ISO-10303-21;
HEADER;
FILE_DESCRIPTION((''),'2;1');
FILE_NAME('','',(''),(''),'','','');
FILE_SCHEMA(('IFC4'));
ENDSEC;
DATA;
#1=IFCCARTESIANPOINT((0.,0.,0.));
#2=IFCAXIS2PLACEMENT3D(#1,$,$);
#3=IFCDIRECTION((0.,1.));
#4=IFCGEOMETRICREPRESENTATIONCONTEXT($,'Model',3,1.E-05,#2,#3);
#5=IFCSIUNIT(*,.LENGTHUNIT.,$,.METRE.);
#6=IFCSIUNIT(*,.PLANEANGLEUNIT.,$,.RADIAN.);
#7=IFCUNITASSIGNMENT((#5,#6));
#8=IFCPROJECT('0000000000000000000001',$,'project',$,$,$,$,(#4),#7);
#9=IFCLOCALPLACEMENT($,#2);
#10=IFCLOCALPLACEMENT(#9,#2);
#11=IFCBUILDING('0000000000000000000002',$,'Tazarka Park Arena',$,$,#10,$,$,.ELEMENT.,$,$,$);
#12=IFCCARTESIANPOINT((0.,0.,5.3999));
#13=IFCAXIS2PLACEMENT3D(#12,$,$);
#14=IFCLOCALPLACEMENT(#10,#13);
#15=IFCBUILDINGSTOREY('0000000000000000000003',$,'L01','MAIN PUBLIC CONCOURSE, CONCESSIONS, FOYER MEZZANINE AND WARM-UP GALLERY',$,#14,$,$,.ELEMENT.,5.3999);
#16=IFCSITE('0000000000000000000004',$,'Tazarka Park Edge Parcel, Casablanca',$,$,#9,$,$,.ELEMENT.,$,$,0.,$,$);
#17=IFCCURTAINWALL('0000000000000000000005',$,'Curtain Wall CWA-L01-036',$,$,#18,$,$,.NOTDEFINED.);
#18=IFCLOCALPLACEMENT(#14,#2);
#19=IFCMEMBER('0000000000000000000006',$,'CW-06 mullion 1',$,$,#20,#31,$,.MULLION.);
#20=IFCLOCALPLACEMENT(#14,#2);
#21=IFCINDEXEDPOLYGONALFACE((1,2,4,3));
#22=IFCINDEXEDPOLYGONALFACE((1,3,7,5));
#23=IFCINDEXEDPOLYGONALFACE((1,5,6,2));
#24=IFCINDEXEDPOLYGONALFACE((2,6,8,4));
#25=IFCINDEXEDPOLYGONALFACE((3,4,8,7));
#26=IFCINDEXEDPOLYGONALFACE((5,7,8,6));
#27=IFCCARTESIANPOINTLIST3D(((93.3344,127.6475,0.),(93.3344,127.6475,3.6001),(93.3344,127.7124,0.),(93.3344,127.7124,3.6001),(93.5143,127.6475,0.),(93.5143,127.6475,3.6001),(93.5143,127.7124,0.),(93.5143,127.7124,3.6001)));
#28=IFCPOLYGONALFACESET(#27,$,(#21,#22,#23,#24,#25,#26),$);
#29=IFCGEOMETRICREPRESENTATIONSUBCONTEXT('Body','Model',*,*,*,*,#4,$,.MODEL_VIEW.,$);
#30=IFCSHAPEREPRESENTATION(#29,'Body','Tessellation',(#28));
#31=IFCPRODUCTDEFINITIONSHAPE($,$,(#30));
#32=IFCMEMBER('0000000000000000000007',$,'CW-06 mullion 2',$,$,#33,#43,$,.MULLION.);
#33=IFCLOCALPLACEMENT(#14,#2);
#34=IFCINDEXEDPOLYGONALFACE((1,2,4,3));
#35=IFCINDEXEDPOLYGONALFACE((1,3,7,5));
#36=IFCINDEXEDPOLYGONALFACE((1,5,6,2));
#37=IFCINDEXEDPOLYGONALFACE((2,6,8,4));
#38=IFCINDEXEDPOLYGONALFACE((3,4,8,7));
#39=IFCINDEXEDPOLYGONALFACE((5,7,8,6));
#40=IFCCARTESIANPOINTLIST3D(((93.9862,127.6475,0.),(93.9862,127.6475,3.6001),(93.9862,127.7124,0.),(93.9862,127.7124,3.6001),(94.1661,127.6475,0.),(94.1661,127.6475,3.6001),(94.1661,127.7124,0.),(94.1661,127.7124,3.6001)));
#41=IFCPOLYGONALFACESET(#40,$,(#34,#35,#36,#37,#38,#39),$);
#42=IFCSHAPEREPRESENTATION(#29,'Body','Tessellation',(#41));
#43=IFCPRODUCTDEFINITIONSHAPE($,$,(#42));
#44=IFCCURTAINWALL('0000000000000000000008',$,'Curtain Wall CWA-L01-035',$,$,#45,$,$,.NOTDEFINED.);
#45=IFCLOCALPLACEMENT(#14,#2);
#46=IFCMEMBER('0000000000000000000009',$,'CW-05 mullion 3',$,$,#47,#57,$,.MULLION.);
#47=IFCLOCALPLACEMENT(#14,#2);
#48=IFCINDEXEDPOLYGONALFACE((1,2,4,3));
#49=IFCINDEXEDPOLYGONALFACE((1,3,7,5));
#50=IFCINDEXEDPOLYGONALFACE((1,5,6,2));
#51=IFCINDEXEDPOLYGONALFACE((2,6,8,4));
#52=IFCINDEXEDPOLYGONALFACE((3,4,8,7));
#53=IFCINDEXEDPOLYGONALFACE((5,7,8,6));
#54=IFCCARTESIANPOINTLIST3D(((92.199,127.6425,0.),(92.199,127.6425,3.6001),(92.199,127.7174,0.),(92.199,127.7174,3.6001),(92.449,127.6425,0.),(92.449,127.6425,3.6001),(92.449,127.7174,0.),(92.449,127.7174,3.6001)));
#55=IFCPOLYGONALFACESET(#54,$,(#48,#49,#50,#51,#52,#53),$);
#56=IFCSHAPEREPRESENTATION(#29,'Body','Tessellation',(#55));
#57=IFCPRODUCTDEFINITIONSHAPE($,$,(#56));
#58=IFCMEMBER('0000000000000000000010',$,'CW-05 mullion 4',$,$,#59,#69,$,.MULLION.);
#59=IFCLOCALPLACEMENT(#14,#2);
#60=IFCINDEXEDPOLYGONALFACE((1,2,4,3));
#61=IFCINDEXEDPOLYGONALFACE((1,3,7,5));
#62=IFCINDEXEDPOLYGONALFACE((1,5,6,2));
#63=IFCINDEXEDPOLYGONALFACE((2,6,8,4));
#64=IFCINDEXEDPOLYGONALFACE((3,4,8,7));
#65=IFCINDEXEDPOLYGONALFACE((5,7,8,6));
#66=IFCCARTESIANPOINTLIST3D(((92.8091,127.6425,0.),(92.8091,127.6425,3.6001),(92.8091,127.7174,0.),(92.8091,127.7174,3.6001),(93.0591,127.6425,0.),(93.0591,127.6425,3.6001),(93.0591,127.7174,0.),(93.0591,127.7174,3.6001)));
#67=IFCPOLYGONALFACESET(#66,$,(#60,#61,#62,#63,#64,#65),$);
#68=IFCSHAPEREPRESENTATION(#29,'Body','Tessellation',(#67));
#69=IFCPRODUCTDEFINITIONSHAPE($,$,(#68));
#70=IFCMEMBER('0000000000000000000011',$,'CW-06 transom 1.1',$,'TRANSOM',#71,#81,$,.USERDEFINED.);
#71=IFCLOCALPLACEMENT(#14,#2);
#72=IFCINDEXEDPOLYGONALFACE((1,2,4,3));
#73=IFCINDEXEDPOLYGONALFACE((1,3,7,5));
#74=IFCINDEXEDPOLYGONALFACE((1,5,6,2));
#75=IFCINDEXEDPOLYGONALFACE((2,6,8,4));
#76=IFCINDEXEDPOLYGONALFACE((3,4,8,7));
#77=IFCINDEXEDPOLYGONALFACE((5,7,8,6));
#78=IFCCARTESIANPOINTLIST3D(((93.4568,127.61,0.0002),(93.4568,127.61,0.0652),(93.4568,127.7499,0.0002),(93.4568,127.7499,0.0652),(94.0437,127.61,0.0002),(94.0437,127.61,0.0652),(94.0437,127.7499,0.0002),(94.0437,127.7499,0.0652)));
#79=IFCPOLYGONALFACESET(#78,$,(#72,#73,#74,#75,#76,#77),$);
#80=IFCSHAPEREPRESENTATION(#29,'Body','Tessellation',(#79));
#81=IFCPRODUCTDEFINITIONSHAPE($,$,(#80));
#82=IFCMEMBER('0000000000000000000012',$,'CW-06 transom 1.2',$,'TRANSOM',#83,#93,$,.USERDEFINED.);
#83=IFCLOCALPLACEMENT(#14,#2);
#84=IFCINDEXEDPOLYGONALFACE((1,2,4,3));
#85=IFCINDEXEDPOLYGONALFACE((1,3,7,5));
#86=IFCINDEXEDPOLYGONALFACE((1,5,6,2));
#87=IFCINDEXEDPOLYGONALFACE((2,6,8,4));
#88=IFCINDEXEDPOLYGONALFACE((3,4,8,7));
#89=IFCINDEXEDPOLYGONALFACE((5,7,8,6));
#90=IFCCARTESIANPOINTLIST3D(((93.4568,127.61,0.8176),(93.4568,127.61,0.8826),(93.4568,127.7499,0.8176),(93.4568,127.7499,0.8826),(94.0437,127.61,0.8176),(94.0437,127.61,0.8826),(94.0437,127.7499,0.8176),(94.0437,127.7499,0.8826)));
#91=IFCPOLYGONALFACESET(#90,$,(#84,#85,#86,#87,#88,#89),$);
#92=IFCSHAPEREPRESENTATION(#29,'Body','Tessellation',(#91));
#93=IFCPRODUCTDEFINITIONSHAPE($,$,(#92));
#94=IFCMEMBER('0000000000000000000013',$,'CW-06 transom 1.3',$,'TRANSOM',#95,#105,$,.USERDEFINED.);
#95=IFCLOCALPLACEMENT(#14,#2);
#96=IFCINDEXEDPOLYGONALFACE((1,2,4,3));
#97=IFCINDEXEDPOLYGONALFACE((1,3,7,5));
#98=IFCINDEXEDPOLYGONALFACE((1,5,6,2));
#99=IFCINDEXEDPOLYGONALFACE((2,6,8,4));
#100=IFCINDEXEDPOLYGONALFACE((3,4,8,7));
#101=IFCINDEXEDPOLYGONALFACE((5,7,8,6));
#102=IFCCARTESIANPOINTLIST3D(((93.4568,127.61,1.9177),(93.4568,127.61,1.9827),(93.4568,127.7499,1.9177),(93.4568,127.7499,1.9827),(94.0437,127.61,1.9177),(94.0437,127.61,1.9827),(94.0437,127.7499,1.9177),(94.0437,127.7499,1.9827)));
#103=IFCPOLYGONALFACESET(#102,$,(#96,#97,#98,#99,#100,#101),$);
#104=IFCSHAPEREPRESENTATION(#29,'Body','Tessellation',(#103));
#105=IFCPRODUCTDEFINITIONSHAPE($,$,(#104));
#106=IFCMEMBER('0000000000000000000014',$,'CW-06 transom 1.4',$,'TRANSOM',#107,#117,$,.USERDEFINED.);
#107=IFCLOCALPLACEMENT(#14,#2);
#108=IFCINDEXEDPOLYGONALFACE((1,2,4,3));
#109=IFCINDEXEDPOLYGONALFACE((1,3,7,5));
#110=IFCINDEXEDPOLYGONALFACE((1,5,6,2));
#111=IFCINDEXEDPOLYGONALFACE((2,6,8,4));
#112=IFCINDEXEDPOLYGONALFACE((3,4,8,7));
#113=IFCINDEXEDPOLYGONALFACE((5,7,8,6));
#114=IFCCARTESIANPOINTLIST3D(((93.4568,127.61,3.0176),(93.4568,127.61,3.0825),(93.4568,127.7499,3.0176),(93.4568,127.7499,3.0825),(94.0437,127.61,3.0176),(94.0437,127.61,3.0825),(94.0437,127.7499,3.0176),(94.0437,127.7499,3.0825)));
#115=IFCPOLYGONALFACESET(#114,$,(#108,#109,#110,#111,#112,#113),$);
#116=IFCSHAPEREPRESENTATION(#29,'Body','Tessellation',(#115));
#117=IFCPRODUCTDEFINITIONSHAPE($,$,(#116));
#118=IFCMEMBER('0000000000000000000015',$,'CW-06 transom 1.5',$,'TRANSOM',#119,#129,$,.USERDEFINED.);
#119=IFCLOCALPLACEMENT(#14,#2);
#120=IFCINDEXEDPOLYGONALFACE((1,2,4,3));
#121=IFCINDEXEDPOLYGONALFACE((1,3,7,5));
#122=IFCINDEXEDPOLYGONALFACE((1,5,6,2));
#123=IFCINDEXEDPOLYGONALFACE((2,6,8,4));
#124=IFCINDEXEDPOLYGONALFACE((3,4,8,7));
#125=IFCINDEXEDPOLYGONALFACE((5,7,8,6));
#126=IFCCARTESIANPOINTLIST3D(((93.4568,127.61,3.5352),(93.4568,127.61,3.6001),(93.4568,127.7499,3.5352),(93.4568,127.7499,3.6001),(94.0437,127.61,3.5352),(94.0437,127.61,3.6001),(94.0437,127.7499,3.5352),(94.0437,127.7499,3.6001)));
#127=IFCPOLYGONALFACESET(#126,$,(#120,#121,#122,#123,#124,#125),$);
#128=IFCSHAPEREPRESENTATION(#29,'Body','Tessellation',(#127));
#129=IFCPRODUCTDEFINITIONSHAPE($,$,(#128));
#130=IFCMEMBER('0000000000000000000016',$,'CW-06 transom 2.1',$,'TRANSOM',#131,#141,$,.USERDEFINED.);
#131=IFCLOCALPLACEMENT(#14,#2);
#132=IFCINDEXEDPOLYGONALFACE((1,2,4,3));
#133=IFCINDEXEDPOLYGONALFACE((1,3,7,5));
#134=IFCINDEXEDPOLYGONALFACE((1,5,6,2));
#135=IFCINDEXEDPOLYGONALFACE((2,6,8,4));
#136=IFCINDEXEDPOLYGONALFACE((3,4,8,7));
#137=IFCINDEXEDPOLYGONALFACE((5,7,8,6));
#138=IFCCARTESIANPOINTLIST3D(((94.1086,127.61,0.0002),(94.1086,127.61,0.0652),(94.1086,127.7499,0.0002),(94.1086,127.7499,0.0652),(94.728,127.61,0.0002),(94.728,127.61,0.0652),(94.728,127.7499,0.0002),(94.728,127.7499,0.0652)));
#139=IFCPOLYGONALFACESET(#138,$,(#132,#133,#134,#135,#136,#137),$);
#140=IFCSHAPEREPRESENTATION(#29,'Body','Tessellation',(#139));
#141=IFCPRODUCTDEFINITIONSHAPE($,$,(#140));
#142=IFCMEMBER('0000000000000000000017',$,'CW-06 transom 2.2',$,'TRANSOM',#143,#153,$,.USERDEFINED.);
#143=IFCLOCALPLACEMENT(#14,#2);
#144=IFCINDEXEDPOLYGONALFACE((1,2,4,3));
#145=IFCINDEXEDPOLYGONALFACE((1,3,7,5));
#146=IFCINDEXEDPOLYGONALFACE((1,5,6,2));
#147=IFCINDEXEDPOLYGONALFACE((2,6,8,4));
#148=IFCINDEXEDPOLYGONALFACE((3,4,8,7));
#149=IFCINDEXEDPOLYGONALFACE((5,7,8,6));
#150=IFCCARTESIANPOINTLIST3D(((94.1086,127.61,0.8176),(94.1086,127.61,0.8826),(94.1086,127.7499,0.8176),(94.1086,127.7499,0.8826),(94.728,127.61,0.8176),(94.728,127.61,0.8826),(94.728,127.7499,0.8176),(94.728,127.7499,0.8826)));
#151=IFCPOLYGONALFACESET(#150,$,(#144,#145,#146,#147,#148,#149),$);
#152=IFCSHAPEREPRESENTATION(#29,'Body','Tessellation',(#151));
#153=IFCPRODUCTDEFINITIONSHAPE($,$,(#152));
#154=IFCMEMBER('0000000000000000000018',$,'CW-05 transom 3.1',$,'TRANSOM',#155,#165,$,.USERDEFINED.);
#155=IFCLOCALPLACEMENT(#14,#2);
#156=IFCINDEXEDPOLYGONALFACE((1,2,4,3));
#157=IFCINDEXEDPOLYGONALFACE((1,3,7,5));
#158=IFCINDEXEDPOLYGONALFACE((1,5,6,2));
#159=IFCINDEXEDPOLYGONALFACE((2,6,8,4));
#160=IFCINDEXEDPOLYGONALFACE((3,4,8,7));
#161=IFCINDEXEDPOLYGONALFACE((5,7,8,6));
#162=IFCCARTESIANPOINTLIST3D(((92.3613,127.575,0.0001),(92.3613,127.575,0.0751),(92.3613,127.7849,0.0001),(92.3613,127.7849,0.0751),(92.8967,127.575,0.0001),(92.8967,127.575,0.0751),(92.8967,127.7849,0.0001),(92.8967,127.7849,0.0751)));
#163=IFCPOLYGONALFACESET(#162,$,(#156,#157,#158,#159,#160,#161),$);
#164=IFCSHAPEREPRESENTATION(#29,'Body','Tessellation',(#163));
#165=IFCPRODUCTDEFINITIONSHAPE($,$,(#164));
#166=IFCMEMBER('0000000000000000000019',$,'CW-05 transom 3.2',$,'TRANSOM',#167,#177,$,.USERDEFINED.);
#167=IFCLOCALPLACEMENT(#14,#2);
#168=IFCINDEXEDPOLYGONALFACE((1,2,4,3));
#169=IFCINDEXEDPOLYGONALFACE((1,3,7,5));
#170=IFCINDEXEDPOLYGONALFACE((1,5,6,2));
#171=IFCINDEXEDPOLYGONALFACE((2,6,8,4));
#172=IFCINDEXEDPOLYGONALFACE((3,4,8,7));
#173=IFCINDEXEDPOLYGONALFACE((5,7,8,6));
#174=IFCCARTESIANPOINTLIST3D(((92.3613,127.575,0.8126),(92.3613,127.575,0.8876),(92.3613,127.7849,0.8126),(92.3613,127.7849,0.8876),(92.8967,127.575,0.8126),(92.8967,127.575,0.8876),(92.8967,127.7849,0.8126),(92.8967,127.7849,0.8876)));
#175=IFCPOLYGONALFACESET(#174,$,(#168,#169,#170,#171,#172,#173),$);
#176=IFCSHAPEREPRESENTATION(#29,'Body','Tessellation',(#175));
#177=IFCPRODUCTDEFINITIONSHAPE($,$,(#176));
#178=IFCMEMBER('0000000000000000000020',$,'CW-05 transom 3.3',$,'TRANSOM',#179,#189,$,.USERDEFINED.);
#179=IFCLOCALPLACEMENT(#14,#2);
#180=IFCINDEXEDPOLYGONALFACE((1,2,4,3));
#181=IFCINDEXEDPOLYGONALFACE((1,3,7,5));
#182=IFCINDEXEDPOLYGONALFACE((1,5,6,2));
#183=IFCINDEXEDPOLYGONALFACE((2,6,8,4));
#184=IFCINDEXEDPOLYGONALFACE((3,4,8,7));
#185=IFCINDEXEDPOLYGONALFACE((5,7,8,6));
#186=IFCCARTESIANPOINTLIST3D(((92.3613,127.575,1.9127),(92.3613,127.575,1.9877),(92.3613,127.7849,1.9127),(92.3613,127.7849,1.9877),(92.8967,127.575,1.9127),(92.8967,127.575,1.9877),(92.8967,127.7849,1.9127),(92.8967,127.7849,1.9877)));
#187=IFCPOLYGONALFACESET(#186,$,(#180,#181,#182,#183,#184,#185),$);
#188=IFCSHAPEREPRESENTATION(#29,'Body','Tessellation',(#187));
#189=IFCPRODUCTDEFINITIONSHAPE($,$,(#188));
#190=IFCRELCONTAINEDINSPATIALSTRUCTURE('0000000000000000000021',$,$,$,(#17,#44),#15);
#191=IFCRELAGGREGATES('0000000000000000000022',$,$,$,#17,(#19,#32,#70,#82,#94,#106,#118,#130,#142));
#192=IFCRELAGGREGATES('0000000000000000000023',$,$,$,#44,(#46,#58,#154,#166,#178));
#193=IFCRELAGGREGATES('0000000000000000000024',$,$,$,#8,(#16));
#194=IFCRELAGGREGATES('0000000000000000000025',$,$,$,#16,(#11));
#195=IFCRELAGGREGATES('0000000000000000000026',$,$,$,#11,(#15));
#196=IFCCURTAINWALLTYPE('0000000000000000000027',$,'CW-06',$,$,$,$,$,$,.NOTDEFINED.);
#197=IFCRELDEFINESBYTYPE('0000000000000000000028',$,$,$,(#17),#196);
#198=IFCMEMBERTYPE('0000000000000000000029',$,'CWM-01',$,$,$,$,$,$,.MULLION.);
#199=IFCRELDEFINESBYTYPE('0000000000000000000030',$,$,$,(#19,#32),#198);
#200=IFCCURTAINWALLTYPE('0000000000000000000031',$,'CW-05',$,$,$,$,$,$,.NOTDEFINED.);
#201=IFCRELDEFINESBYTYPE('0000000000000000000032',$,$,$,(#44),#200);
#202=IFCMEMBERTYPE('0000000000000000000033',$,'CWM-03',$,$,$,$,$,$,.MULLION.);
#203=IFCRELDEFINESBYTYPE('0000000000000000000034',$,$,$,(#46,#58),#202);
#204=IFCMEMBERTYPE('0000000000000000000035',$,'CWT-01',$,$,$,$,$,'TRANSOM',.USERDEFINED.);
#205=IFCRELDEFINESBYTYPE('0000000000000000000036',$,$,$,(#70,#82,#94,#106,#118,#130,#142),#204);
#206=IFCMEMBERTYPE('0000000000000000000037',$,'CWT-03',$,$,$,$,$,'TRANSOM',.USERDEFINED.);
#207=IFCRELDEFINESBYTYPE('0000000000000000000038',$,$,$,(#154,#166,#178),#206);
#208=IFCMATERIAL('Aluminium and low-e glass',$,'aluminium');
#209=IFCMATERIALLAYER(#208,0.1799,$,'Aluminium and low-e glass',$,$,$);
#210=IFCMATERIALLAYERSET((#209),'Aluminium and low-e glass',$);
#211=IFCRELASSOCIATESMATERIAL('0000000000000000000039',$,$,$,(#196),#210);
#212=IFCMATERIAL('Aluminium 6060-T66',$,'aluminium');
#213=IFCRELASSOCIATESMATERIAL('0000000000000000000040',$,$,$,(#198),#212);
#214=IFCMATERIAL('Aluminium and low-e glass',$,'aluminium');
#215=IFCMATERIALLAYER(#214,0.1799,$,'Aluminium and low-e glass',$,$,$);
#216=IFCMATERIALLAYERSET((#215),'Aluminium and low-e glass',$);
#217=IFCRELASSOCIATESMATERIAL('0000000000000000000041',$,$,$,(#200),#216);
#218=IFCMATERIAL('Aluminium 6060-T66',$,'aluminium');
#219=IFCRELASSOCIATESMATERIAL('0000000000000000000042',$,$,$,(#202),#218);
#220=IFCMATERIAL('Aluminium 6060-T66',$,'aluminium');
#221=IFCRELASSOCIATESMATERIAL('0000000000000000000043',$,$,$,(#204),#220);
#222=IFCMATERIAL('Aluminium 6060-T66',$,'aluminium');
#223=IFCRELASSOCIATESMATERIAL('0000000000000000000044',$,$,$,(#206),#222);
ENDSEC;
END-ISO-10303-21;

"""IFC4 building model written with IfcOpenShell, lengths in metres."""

from ifc_helpers import new_model, si_unit, direction, frame, origin, origin_2d, place, context, subcontext, project, spatial, rectangle, extrude, material, layer, layer_set, material_profile, profile_set, type_object, element, aggregate, save


model = new_model("IFC4")

# Units and contexts
model_context = context("Model", 3, precision=1e-05, world=origin(), true_north=direction((0.0, 1.0)))
body_context = subcontext(model_context, "Body", "Model", "MODEL_VIEW")
ifc_project = project(units=[si_unit("LENGTHUNIT", "METRE"), si_unit("PLANEANGLEUNIT", "RADIAN")], contexts=[model_context])

# Site, building, storey
site_placement = place(None, origin())
site = spatial("IfcSite", under=ifc_project, at=site_placement, Name="Tazarka Park Edge Parcel, Casablanca", CompositionType="ELEMENT", RefElevation=0.0)
building_placement = place(site_placement, origin())
building = spatial("IfcBuilding", under=site, at=building_placement, Name="Tazarka Park Arena", CompositionType="ELEMENT")
storey_placement = place(building_placement, frame((0.0, 0.0, 5.3999)))
storey = spatial("IfcBuildingStorey", under=building, at=storey_placement, Name="L01", Description="MAIN PUBLIC CONCOURSE, CONCESSIONS, FOYER MEZZANINE AND WARM-UP GALLERY", CompositionType="ELEMENT", Elevation=5.3999)

# Curtain walls, members
ifc_material_1 = material(Name="Aluminium and low-e glass", Category="aluminium")
ifc_layer_1 = layer(ifc_material_1, 0.1799, Name="Aluminium and low-e glass")
ifc_layer_set_1 = layer_set([ifc_layer_1], Name="Aluminium and low-e glass")
curtain_wall_type_1 = type_object("IfcCurtainWallType", Name="CW-06", PredefinedType="NOTDEFINED", material=ifc_layer_set_1)
curtain_wall_1_placement = place(storey_placement, origin())
curtain_wall_1 = element("IfcCurtainWall", 1, at=curtain_wall_1_placement, inside=storey, type_object=curtain_wall_type_1, Name="Curtain Wall CWA-L01-036", PredefinedType="NOTDEFINED")
ifc_material_2 = material(Name="Aluminium 6060-T66", Category="aluminium")
ifc_material_profile_1 = material_profile(ifc_material_2, rectangle(XDim=0.0649, YDim=0.1799, at=origin_2d()), Name="Aluminium 6060-T66")
ifc_profile_set_1 = profile_set([ifc_material_profile_1], Name="Aluminium 6060-T66")
member_type_1 = type_object("IfcMemberType", Name="CWM-01", PredefinedType="MULLION", material=ifc_profile_set_1)
member_1_placement = place(storey_placement, frame((93.4243, 127.6799, 0.0), z_axis=(0.0, 0.0, 1.0), x_axis=(0.0, 1.0, 0.0)))
member_1 = element("IfcMember", 2, at=member_1_placement, type_object=member_type_1, Name="CW-06 mullion 1", PredefinedType="MULLION", context=body_context, shape_type="SweptSolid", body=[
    extrude(rectangle(XDim=0.0649, YDim=0.1799, at=origin_2d()), origin(), (0.0, 0.0, 1.0), 3.6001),
])
member_2_placement = place(storey_placement, frame((94.0762, 127.6799, 0.0), z_axis=(0.0, 0.0, 1.0), x_axis=(0.0, 1.0, 0.0)))
member_2 = element("IfcMember", 3, at=member_2_placement, type_object=member_type_1, Name="CW-06 mullion 2", PredefinedType="MULLION", context=body_context, shape_type="SweptSolid", body=[
    extrude(rectangle(XDim=0.0649, YDim=0.1799, at=origin_2d()), origin(), (0.0, 0.0, 1.0), 3.6001),
])
ifc_material_3 = material(Name="Aluminium and low-e glass", Category="aluminium")
ifc_layer_2 = layer(ifc_material_3, 0.1799, Name="Aluminium and low-e glass")
ifc_layer_set_2 = layer_set([ifc_layer_2], Name="Aluminium and low-e glass")
curtain_wall_type_2 = type_object("IfcCurtainWallType", Name="CW-05", PredefinedType="NOTDEFINED", material=ifc_layer_set_2)
curtain_wall_2_placement = place(storey_placement, origin())
curtain_wall_2 = element("IfcCurtainWall", 4, at=curtain_wall_2_placement, inside=storey, type_object=curtain_wall_type_2, Name="Curtain Wall CWA-L01-035", PredefinedType="NOTDEFINED")
ifc_material_4 = material(Name="Aluminium 6060-T66", Category="aluminium")
ifc_material_profile_2 = material_profile(ifc_material_4, rectangle(XDim=0.075, YDim=0.25, at=origin_2d()), Name="Aluminium 6060-T66")
ifc_profile_set_2 = profile_set([ifc_material_profile_2], Name="Aluminium 6060-T66")
member_type_2 = type_object("IfcMemberType", Name="CWM-03", PredefinedType="MULLION", material=ifc_profile_set_2)
member_3_placement = place(storey_placement, frame((92.324, 127.6799, 0.0), z_axis=(0.0, 0.0, 1.0), x_axis=(0.0, 1.0, 0.0)))
member_3 = element("IfcMember", 5, at=member_3_placement, type_object=member_type_2, Name="CW-05 mullion 3", PredefinedType="MULLION", context=body_context, shape_type="SweptSolid", body=[
    extrude(rectangle(XDim=0.075, YDim=0.25, at=origin_2d()), origin(), (0.0, 0.0, 1.0), 3.6001),
])
member_4_placement = place(storey_placement, frame((92.9341, 127.6799, 0.0), z_axis=(0.0, 0.0, 1.0), x_axis=(0.0, 1.0, 0.0)))
member_4 = element("IfcMember", 6, at=member_4_placement, type_object=member_type_2, Name="CW-05 mullion 4", PredefinedType="MULLION", context=body_context, shape_type="SweptSolid", body=[
    extrude(rectangle(XDim=0.075, YDim=0.25, at=origin_2d()), origin(), (0.0, 0.0, 1.0), 3.6001),
])

# Members
ifc_material_5 = material(Name="Aluminium 6060-T66", Category="aluminium")
ifc_material_profile_3 = material_profile(ifc_material_5, rectangle(XDim=0.1399, YDim=0.0649, at=origin_2d()), Name="Aluminium 6060-T66")
ifc_profile_set_3 = profile_set([ifc_material_profile_3], Name="Aluminium 6060-T66")
member_type_3 = type_object("IfcMemberType", Name="CWT-01", ElementType="TRANSOM", PredefinedType="USERDEFINED", material=ifc_profile_set_3)
member_5_placement = place(storey_placement, frame((93.4568, 127.6799, 0.0327), z_axis=(1.0, 0.0, 0.0), x_axis=(0.0, 1.0, 0.0)))
member_5 = element("IfcMember", 7, at=member_5_placement, type_object=member_type_3, Name="CW-06 transom 1.1", ObjectType="TRANSOM", PredefinedType="USERDEFINED", context=body_context, shape_type="SweptSolid", body=[
    extrude(rectangle(XDim=0.1399, YDim=0.0649, at=origin_2d()), origin(), (0.0, 0.0, 1.0), 0.5869),
])
member_6_placement = place(storey_placement, frame((93.4568, 127.6799, 0.8501), z_axis=(1.0, 0.0, 0.0), x_axis=(0.0, 1.0, 0.0)))
member_6 = element("IfcMember", 8, at=member_6_placement, type_object=member_type_3, Name="CW-06 transom 1.2", ObjectType="TRANSOM", PredefinedType="USERDEFINED", context=body_context, shape_type="SweptSolid", body=[
    extrude(rectangle(XDim=0.1399, YDim=0.0649, at=origin_2d()), origin(), (0.0, 0.0, 1.0), 0.5869),
])
member_7_placement = place(storey_placement, frame((93.4568, 127.6799, 1.9502), z_axis=(1.0, 0.0, 0.0), x_axis=(0.0, 1.0, 0.0)))
member_7 = element("IfcMember", 9, at=member_7_placement, type_object=member_type_3, Name="CW-06 transom 1.3", ObjectType="TRANSOM", PredefinedType="USERDEFINED", context=body_context, shape_type="SweptSolid", body=[
    extrude(rectangle(XDim=0.1399, YDim=0.0649, at=origin_2d()), origin(), (0.0, 0.0, 1.0), 0.5869),
])
member_8_placement = place(storey_placement, frame((93.4568, 127.6799, 3.05), z_axis=(1.0, 0.0, 0.0), x_axis=(0.0, 1.0, 0.0)))
member_8 = element("IfcMember", 10, at=member_8_placement, type_object=member_type_3, Name="CW-06 transom 1.4", ObjectType="TRANSOM", PredefinedType="USERDEFINED", context=body_context, shape_type="SweptSolid", body=[
    extrude(rectangle(XDim=0.1399, YDim=0.0649, at=origin_2d()), origin(), (0.0, 0.0, 1.0), 0.5869),
])
member_9_placement = place(storey_placement, frame((93.4568, 127.6799, 3.5676), z_axis=(1.0, 0.0, 0.0), x_axis=(0.0, 1.0, 0.0)))
member_9 = element("IfcMember", 11, at=member_9_placement, type_object=member_type_3, Name="CW-06 transom 1.5", ObjectType="TRANSOM", PredefinedType="USERDEFINED", context=body_context, shape_type="SweptSolid", body=[
    extrude(rectangle(XDim=0.1399, YDim=0.0649, at=origin_2d()), origin(), (0.0, 0.0, 1.0), 0.5869),
])
member_10_placement = place(storey_placement, frame((94.1086, 127.6799, 0.0327), z_axis=(1.0, 0.0, 0.0), x_axis=(0.0, 1.0, 0.0)))
member_10 = element("IfcMember", 12, at=member_10_placement, type_object=member_type_3, Name="CW-06 transom 2.1", ObjectType="TRANSOM", PredefinedType="USERDEFINED", context=body_context, shape_type="SweptSolid", body=[
    extrude(rectangle(XDim=0.1399, YDim=0.0649, at=origin_2d()), origin(), (0.0, 0.0, 1.0), 0.6194),
])
member_11_placement = place(storey_placement, frame((94.1086, 127.6799, 0.8501), z_axis=(1.0, 0.0, 0.0), x_axis=(0.0, 1.0, 0.0)))
member_11 = element("IfcMember", 13, at=member_11_placement, type_object=member_type_3, Name="CW-06 transom 2.2", ObjectType="TRANSOM", PredefinedType="USERDEFINED", context=body_context, shape_type="SweptSolid", body=[
    extrude(rectangle(XDim=0.1399, YDim=0.0649, at=origin_2d()), origin(), (0.0, 0.0, 1.0), 0.6194),
])
ifc_material_6 = material(Name="Aluminium 6060-T66", Category="aluminium")
ifc_material_profile_4 = material_profile(ifc_material_6, rectangle(XDim=0.21, YDim=0.075, at=origin_2d()), Name="Aluminium 6060-T66")
ifc_profile_set_4 = profile_set([ifc_material_profile_4], Name="Aluminium 6060-T66")
member_type_4 = type_object("IfcMemberType", Name="CWT-03", ElementType="TRANSOM", PredefinedType="USERDEFINED", material=ifc_profile_set_4)
member_12_placement = place(storey_placement, frame((92.3613, 127.6799, 0.0376), z_axis=(1.0, 0.0, 0.0), x_axis=(0.0, 1.0, 0.0)))
member_12 = element("IfcMember", 14, at=member_12_placement, type_object=member_type_4, Name="CW-05 transom 3.1", ObjectType="TRANSOM", PredefinedType="USERDEFINED", context=body_context, shape_type="SweptSolid", body=[
    extrude(rectangle(XDim=0.21, YDim=0.075, at=origin_2d()), origin(), (0.0, 0.0, 1.0), 0.5354),
])
member_13_placement = place(storey_placement, frame((92.3613, 127.6799, 0.8501), z_axis=(1.0, 0.0, 0.0), x_axis=(0.0, 1.0, 0.0)))
member_13 = element("IfcMember", 15, at=member_13_placement, type_object=member_type_4, Name="CW-05 transom 3.2", ObjectType="TRANSOM", PredefinedType="USERDEFINED", context=body_context, shape_type="SweptSolid", body=[
    extrude(rectangle(XDim=0.21, YDim=0.075, at=origin_2d()), origin(), (0.0, 0.0, 1.0), 0.5354),
])
member_14_placement = place(storey_placement, frame((92.3613, 127.6799, 1.9502), z_axis=(1.0, 0.0, 0.0), x_axis=(0.0, 1.0, 0.0)))
member_14 = element("IfcMember", 16, at=member_14_placement, type_object=member_type_4, Name="CW-05 transom 3.3", ObjectType="TRANSOM", PredefinedType="USERDEFINED", context=body_context, shape_type="SweptSolid", body=[
    extrude(rectangle(XDim=0.21, YDim=0.075, at=origin_2d()), origin(), (0.0, 0.0, 1.0), 0.5354),
])

aggregate(curtain_wall_1, [member_1, member_2, member_5, member_6, member_7, member_8, member_9, member_10, member_11])
aggregate(curtain_wall_2, [member_3, member_4, member_12, member_13, member_14])

save(model, "model.ifc")
